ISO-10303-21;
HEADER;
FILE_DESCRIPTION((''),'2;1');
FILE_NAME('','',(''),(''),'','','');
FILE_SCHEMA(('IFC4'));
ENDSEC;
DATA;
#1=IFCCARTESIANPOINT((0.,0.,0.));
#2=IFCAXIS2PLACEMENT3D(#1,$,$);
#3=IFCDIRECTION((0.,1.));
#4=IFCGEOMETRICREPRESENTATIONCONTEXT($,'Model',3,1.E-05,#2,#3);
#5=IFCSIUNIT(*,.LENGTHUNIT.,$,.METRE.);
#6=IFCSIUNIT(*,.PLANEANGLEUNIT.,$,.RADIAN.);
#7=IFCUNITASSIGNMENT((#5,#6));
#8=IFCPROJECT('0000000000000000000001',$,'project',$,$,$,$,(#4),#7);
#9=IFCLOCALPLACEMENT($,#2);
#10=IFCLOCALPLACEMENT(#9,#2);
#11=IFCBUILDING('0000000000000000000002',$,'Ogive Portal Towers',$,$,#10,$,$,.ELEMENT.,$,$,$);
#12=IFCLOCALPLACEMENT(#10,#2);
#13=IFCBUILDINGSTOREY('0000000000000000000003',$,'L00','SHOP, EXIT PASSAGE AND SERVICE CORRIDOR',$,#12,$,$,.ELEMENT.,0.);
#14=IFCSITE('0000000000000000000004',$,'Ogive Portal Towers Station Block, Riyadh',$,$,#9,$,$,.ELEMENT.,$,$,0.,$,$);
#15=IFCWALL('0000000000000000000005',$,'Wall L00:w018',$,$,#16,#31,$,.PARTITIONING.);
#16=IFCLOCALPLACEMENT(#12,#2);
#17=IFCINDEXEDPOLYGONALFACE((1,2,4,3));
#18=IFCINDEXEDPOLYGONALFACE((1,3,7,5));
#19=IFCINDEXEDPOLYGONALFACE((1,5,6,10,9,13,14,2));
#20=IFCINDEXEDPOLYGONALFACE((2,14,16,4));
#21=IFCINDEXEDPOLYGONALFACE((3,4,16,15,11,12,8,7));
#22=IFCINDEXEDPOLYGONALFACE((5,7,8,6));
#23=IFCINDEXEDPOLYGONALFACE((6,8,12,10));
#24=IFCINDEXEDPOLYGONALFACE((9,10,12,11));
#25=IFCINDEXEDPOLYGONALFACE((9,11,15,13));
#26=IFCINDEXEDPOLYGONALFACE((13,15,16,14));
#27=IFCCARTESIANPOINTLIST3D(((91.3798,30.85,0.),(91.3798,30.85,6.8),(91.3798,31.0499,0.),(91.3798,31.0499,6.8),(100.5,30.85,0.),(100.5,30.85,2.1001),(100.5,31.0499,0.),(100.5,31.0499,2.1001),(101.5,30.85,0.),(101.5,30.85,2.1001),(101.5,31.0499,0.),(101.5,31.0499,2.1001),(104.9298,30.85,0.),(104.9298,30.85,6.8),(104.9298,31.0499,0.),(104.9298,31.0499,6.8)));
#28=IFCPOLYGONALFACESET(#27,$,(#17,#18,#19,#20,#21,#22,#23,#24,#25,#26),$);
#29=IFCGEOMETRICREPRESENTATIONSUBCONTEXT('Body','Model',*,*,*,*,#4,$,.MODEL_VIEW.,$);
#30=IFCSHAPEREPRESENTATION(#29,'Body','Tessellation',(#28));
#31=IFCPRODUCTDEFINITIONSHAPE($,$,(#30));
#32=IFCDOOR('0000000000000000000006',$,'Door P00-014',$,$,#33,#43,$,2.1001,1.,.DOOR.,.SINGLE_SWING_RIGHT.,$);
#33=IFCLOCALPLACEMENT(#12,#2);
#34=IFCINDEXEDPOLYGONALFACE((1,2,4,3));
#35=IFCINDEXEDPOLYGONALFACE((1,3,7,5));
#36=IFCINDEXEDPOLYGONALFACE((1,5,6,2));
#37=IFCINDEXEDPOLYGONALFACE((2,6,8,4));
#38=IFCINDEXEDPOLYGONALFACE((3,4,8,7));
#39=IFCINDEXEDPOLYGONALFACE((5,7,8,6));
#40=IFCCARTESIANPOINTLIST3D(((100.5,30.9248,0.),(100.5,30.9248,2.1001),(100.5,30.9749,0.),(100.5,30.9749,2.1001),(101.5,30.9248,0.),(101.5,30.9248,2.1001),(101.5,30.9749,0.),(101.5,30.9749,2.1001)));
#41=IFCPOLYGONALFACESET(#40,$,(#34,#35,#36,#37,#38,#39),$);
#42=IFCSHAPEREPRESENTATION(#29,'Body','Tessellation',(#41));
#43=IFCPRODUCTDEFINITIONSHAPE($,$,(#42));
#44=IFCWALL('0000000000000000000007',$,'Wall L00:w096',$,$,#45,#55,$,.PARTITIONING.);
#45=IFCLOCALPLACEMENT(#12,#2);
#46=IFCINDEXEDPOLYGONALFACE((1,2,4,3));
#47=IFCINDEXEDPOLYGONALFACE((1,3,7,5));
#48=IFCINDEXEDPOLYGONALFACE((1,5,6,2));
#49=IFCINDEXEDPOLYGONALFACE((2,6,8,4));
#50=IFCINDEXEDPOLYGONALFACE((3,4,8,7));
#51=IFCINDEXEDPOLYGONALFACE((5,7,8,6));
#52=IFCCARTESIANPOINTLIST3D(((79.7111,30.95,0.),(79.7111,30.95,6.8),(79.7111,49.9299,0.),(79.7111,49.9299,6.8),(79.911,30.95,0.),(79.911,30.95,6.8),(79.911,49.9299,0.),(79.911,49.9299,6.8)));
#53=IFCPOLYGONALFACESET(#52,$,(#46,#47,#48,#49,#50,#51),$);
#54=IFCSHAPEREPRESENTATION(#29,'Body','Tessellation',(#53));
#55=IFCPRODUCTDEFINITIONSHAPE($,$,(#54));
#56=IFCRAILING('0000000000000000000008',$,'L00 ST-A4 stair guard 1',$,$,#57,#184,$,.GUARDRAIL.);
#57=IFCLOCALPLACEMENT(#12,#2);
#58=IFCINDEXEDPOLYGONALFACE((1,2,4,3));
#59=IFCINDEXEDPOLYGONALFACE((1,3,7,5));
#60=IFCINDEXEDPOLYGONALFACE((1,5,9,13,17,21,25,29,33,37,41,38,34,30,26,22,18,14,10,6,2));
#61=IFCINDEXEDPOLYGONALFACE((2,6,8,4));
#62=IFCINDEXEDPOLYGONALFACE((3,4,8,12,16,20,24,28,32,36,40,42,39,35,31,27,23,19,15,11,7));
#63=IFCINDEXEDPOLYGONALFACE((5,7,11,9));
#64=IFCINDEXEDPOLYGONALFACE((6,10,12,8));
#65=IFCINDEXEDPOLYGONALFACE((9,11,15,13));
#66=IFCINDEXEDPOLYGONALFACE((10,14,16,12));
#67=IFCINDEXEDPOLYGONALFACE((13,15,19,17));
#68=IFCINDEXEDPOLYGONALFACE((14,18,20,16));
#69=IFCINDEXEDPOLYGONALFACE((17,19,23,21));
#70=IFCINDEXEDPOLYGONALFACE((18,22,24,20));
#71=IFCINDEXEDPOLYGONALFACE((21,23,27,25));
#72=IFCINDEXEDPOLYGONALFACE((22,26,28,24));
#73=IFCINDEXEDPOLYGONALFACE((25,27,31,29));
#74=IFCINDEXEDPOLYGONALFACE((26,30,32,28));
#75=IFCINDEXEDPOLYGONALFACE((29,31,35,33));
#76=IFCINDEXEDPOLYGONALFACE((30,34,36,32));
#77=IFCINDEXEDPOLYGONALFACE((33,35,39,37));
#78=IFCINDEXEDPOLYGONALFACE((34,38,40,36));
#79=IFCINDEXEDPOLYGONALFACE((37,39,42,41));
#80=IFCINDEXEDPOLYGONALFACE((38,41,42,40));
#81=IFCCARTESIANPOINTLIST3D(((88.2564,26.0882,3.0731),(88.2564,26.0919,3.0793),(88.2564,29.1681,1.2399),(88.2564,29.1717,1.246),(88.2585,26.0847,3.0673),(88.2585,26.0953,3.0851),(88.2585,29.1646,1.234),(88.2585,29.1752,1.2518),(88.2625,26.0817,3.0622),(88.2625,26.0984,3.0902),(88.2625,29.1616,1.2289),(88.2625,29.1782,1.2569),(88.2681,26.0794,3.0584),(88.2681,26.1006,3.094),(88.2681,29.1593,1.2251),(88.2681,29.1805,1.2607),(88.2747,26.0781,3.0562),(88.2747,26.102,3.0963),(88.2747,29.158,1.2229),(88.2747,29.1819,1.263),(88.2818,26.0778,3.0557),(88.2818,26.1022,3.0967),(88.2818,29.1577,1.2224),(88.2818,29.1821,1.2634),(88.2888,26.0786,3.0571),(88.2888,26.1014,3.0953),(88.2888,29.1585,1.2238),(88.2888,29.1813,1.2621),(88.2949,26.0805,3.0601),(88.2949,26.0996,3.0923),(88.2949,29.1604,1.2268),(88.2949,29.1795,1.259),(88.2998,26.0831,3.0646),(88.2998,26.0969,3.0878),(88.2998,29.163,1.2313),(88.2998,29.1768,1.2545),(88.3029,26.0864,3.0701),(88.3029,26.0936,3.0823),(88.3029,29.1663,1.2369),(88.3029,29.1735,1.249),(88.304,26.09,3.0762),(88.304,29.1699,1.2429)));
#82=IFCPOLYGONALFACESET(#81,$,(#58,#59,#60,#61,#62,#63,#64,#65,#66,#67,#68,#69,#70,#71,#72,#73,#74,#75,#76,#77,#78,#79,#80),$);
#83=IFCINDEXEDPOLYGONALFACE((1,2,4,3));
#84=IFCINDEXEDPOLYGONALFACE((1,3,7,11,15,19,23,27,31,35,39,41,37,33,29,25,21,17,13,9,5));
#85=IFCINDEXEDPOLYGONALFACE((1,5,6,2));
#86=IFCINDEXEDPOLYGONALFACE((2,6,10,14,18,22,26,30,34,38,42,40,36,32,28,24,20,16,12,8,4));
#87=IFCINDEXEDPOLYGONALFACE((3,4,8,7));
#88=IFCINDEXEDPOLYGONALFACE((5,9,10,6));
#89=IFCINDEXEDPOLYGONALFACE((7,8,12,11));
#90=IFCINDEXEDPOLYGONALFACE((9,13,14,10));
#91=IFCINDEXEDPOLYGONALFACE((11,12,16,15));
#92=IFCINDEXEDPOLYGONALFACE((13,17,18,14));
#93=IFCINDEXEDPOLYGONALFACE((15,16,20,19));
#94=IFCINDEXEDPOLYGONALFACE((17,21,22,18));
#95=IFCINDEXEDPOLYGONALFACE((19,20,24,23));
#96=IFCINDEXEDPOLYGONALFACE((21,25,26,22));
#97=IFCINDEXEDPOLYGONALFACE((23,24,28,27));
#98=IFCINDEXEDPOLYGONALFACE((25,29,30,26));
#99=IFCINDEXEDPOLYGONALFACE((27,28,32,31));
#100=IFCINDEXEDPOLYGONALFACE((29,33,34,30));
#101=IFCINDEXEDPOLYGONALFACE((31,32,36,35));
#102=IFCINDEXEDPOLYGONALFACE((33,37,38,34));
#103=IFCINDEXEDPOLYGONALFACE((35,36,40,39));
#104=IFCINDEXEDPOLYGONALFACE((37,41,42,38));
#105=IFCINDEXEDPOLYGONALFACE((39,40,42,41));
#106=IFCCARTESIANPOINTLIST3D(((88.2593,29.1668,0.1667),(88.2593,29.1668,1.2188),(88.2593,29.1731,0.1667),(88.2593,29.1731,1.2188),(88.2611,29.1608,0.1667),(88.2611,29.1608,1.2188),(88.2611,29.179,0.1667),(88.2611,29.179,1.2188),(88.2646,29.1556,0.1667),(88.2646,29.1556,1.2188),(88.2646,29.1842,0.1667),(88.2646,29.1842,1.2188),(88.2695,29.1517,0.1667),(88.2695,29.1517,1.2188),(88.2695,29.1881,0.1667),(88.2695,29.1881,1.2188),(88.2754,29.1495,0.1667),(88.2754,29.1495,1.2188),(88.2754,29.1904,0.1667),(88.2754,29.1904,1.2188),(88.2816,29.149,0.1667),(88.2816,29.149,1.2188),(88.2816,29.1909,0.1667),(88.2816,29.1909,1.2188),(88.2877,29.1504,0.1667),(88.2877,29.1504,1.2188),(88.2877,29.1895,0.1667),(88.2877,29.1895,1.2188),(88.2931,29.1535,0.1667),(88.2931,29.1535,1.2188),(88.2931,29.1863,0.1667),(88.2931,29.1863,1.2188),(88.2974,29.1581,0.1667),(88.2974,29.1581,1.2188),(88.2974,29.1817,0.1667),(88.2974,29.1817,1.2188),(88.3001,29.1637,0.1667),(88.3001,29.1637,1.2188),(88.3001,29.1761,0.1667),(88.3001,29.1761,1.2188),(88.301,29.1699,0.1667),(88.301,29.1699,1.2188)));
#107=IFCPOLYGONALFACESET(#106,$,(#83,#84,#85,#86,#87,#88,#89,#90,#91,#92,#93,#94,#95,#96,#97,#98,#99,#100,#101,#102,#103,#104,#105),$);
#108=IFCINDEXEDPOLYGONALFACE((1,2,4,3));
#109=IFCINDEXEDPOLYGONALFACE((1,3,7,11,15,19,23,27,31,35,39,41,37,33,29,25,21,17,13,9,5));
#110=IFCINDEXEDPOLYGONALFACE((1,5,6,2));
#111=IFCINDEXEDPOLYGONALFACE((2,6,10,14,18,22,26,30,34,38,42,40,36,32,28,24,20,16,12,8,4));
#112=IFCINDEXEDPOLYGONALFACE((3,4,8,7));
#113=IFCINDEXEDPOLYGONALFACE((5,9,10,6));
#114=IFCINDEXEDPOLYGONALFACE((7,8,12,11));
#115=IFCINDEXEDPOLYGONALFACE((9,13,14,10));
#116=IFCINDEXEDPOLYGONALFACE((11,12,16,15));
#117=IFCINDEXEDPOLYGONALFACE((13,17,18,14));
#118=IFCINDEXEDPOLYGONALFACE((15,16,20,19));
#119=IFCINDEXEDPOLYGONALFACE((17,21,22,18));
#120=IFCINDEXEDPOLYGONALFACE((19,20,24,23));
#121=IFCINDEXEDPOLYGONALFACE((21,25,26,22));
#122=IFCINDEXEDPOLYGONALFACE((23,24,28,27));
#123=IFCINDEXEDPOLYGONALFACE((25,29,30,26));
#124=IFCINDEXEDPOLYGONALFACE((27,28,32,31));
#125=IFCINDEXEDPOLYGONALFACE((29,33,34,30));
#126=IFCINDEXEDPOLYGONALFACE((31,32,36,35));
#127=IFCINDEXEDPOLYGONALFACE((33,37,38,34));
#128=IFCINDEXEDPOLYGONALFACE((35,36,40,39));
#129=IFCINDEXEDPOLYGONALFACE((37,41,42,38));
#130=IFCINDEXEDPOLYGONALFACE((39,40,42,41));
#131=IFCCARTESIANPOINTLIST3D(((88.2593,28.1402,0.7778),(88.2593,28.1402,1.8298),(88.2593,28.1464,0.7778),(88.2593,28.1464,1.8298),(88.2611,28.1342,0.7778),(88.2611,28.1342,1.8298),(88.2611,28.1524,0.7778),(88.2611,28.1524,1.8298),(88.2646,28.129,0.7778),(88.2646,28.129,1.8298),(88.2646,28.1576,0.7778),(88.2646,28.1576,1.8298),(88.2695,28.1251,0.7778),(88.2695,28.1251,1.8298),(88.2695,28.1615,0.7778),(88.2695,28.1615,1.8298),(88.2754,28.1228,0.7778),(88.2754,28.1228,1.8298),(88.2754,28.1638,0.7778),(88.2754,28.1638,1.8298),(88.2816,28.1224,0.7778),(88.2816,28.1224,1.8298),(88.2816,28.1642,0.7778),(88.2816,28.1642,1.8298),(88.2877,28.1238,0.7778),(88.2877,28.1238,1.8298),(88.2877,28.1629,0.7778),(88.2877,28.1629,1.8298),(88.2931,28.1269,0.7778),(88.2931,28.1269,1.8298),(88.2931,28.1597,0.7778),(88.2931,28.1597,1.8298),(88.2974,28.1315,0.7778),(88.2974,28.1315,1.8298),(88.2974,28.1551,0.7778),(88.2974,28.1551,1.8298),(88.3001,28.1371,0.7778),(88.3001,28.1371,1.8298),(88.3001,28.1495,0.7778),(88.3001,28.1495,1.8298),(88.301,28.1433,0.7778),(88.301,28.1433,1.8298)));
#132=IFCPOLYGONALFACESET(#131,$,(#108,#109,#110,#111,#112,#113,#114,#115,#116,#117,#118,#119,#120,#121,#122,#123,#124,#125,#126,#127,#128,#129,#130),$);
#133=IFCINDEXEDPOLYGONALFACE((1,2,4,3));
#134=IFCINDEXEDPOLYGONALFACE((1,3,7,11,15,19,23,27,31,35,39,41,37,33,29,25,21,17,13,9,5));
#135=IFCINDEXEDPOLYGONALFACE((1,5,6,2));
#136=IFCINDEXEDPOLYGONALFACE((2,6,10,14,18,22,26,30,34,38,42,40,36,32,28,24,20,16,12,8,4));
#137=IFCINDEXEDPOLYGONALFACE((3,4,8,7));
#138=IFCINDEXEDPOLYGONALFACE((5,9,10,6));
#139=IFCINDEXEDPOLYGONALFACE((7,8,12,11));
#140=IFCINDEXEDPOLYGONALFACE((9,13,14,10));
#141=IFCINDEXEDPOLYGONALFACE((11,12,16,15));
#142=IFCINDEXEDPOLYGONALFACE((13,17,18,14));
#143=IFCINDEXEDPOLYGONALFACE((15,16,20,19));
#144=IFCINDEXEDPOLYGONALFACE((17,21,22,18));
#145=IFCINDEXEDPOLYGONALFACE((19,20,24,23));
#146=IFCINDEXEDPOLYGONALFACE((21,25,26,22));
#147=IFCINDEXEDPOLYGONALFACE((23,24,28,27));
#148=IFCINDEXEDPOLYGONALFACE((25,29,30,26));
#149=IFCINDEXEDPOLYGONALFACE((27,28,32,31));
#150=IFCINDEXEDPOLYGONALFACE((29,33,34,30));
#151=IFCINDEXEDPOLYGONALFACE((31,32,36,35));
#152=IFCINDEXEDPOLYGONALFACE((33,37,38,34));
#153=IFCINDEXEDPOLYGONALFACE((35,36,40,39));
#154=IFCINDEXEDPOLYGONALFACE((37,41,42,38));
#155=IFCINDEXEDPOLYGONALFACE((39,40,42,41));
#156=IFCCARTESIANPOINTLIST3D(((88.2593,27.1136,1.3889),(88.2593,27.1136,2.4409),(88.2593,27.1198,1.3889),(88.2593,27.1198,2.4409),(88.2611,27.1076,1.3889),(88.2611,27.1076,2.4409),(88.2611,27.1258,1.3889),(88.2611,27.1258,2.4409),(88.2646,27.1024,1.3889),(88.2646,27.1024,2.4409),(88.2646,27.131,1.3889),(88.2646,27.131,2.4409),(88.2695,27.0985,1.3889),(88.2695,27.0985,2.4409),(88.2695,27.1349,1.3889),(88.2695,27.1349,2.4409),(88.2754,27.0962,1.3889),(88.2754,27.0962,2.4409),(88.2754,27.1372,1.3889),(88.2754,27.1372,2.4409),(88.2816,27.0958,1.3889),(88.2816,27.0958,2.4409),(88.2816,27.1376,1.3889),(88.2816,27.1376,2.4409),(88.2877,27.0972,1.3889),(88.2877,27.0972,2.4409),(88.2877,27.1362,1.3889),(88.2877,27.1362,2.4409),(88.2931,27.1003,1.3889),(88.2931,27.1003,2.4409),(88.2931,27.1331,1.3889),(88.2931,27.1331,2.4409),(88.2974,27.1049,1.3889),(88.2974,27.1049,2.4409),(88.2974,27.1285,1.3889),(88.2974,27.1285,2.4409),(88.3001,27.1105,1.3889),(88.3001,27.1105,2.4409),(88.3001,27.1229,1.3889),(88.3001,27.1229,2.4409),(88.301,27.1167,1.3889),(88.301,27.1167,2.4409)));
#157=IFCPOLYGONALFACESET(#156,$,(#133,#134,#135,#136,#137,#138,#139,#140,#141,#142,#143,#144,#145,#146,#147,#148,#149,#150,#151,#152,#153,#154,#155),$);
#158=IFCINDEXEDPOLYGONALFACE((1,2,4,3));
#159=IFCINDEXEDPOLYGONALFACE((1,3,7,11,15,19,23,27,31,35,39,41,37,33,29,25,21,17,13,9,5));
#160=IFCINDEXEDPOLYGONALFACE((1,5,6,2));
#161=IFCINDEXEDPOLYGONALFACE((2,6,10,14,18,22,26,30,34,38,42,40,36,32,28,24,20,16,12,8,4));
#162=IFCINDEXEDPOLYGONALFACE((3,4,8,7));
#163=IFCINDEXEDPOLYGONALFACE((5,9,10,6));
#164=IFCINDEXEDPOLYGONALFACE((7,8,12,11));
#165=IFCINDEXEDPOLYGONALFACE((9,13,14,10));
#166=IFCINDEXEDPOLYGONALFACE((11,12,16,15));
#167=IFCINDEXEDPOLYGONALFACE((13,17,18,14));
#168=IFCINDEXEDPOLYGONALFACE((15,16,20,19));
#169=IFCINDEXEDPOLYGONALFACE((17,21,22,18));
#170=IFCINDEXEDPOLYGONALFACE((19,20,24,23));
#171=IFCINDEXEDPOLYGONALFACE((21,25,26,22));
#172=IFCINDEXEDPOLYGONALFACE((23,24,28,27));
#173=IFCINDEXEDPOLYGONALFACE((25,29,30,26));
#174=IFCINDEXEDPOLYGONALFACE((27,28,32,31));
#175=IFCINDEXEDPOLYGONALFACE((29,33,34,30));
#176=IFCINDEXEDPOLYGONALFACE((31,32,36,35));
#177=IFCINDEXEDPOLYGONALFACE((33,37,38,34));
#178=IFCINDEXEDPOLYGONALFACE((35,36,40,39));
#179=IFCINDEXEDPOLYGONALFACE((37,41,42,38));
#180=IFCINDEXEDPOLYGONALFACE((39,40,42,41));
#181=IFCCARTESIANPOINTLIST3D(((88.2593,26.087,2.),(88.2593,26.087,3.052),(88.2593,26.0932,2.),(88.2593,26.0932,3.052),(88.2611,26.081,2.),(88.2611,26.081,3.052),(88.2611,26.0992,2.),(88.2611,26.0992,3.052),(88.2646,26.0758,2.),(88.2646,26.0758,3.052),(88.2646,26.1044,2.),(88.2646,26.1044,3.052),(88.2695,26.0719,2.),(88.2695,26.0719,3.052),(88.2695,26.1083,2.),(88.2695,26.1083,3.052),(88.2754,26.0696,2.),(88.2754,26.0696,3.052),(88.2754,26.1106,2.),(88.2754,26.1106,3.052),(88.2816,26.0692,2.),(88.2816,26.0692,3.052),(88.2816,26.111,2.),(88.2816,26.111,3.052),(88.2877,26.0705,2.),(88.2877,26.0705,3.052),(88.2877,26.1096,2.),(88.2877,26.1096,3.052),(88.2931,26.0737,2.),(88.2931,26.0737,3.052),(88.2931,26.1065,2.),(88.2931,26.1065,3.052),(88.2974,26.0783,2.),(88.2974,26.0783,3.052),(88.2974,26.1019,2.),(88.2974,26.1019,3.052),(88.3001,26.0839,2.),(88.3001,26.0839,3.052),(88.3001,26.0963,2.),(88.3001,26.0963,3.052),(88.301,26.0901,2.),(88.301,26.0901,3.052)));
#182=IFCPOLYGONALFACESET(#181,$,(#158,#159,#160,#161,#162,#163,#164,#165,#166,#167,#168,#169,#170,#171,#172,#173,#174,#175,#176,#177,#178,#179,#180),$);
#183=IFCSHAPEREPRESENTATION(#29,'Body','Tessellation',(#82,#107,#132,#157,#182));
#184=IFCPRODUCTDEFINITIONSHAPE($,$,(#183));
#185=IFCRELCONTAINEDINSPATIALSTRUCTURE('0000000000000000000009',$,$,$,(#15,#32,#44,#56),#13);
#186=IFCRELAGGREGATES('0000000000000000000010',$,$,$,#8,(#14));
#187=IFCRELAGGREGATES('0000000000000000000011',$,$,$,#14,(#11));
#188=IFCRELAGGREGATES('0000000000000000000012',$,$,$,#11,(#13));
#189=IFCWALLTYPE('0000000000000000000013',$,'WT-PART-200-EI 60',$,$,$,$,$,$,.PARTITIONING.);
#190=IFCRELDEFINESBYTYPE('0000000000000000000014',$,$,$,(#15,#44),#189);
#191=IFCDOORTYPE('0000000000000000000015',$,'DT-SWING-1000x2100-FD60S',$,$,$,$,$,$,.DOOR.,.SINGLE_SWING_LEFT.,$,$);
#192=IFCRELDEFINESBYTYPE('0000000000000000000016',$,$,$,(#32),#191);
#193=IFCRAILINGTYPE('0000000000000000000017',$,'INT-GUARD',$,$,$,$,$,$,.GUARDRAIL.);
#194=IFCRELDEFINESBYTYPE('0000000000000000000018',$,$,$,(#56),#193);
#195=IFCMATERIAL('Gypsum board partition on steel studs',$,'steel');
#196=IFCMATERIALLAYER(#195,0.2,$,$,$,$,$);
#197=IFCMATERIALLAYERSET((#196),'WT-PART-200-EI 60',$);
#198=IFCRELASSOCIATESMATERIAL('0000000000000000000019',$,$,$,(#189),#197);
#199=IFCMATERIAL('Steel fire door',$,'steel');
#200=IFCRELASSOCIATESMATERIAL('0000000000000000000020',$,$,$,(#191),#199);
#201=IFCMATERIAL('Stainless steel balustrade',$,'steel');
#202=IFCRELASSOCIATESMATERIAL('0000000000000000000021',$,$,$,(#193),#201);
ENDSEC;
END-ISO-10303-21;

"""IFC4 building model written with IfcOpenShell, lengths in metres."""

from ifc_helpers import new_model, si_unit, direction, frame, frame_2d, origin, origin_2d, place, context, subcontext, project, spatial, rectangle, circle, extrude, material, layer, layer_set, type_object, element, fill, save


model = new_model("IFC4")

# Units and contexts
model_context = context("Model", 3, precision=1e-05, world=origin(), true_north=direction((0.0, 1.0)))
body_context = subcontext(model_context, "Body", "Model", "MODEL_VIEW")
ifc_project = project(units=[si_unit("LENGTHUNIT", "METRE"), si_unit("PLANEANGLEUNIT", "RADIAN")], contexts=[model_context])

# Site, building, storey
site_placement = place(None, origin())
site = spatial("IfcSite", under=ifc_project, at=site_placement, Name="Ogive Portal Towers Station Block, Riyadh", CompositionType="ELEMENT", RefElevation=0.0)
building_placement = place(site_placement, origin())
building = spatial("IfcBuilding", under=site, at=building_placement, Name="Ogive Portal Towers", CompositionType="ELEMENT")
storey_placement = place(building_placement, origin())
storey = spatial("IfcBuildingStorey", under=building, at=storey_placement, Name="L00", Description="SHOP, EXIT PASSAGE AND SERVICE CORRIDOR", CompositionType="ELEMENT", Elevation=0.0)

# Shared definitions
ifc_material_1 = material(Name="Steel fire door", Category="steel")

# Shared definitions
ifc_material_2 = material(Name="Gypsum board partition on steel studs", Category="steel")

# Wall, opening, door
ifc_layer_1 = layer(ifc_material_2, 0.2)
ifc_layer_set_1 = layer_set([ifc_layer_1], Name="WT-PART-200-EI 60")
wall_type_1 = type_object("IfcWallType", Name="WT-PART-200-EI 60", PredefinedType="PARTITIONING", material=ifc_layer_set_1)
wall_1_placement = place(storey_placement, frame((91.3799, 30.95, 0.0), z_axis=(0.0, 0.0, 1.0), x_axis=(1.0, 0.0, 0.0)))
wall_1 = element("IfcWall", 1, at=wall_1_placement, inside=storey, type_object=wall_type_1, Name="Wall L00:w018", PredefinedType="PARTITIONING", context=body_context, shape_type="SweptSolid", body=[
    extrude(rectangle(XDim=13.55, YDim=0.2, at=frame_2d((6.7749, 0.0))), origin(), (0.0, 0.0, 1.0), 6.8),
])
opening_1_placement = place(wall_1_placement, frame((9.1201, 0.0, 0.0)))
opening_1 = element("IfcOpeningElement", 2, at=opening_1_placement, cuts=wall_1, PredefinedType="OPENING", context=body_context, shape_type="SweptSolid", body=[
    extrude(rectangle(XDim=1.0, YDim=2.1001, at=frame_2d((0.5, 1.05))), frame((0.0, 0.1099, 0.0), z_axis=(0.0, -1.0, 0.0), x_axis=(1.0, 0.0, 0.0)), (0.0, 0.0, 1.0), 0.22),
])
door_type_1 = type_object("IfcDoorType", Name="DT-SWING-1000x2100-FD60S", OperationType="SINGLE_SWING_LEFT", PredefinedType="DOOR", material=ifc_material_1)
door_1_placement = place(opening_1_placement, origin())
door_1 = element("IfcDoor", 3, at=door_1_placement, inside=storey, type_object=door_type_1, Name="Door P00-014", OperationType="SINGLE_SWING_RIGHT", OverallHeight=2.1001, OverallWidth=1.0, PredefinedType="DOOR", context=body_context, shape_type="SweptSolid", body=[
    extrude(rectangle(XDim=1.0, YDim=2.1001, at=frame_2d((0.5, 1.05))), frame((0.0, 0.0249, 0.0), z_axis=(0.0, -1.0, 0.0), x_axis=(1.0, 0.0, 0.0)), (0.0, 0.0, 1.0), 0.05),
])
fill(opening_1, door_1)

# Wall
wall_2_placement = place(storey_placement, frame((79.811, 30.95, 0.0), z_axis=(0.0, 0.0, 1.0), x_axis=(0.0, 1.0, 0.0)))
element("IfcWall", 4, at=wall_2_placement, inside=storey, type_object=wall_type_1, Name="Wall L00:w096", PredefinedType="PARTITIONING", context=body_context, shape_type="SweptSolid", body=[
    extrude(rectangle(XDim=18.98, YDim=0.2, at=frame_2d((9.49, 0.0))), origin(), (0.0, 0.0, 1.0), 6.8),
])

# Railing
ifc_material_3 = material(Name="Stainless steel balustrade", Category="steel")
railing_type_1 = type_object("IfcRailingType", Name="INT-GUARD", PredefinedType="GUARDRAIL", material=ifc_material_3)
railing_1_placement = place(storey_placement, frame((88.28, 29.1699, 0.1667)))
element("IfcRailing", 5, at=railing_1_placement, inside=storey, type_object=railing_type_1, Name="L00 ST-A4 stair guard 1", PredefinedType="GUARDRAIL", context=body_context, shape_type="SweptSolid", body=[
    extrude(circle(Radius=0.0239, at=origin_2d()), frame((0.0, 0.0, 1.0762), z_axis=(0.0, -0.859291, 0.511487), x_axis=(1.0, 0.0, 0.0)), (0.0, 0.0, 1.0), 3.5842),
    extrude(circle(Radius=0.021, at=origin_2d()), origin(), (0.0, 0.0, 1.0), 1.052),
    extrude(circle(Radius=0.021, at=origin_2d()), frame((0.0, -1.0266, 0.6111)), (0.0, 0.0, 1.0), 1.052),
    extrude(circle(Radius=0.021, at=origin_2d()), frame((0.0, -2.0532, 1.2222)), (0.0, 0.0, 1.0), 1.052),
    extrude(circle(Radius=0.021, at=origin_2d()), frame((0.0, -3.0798, 1.8333)), (0.0, 0.0, 1.0), 1.052),
])

save(model, "model.ifc")
